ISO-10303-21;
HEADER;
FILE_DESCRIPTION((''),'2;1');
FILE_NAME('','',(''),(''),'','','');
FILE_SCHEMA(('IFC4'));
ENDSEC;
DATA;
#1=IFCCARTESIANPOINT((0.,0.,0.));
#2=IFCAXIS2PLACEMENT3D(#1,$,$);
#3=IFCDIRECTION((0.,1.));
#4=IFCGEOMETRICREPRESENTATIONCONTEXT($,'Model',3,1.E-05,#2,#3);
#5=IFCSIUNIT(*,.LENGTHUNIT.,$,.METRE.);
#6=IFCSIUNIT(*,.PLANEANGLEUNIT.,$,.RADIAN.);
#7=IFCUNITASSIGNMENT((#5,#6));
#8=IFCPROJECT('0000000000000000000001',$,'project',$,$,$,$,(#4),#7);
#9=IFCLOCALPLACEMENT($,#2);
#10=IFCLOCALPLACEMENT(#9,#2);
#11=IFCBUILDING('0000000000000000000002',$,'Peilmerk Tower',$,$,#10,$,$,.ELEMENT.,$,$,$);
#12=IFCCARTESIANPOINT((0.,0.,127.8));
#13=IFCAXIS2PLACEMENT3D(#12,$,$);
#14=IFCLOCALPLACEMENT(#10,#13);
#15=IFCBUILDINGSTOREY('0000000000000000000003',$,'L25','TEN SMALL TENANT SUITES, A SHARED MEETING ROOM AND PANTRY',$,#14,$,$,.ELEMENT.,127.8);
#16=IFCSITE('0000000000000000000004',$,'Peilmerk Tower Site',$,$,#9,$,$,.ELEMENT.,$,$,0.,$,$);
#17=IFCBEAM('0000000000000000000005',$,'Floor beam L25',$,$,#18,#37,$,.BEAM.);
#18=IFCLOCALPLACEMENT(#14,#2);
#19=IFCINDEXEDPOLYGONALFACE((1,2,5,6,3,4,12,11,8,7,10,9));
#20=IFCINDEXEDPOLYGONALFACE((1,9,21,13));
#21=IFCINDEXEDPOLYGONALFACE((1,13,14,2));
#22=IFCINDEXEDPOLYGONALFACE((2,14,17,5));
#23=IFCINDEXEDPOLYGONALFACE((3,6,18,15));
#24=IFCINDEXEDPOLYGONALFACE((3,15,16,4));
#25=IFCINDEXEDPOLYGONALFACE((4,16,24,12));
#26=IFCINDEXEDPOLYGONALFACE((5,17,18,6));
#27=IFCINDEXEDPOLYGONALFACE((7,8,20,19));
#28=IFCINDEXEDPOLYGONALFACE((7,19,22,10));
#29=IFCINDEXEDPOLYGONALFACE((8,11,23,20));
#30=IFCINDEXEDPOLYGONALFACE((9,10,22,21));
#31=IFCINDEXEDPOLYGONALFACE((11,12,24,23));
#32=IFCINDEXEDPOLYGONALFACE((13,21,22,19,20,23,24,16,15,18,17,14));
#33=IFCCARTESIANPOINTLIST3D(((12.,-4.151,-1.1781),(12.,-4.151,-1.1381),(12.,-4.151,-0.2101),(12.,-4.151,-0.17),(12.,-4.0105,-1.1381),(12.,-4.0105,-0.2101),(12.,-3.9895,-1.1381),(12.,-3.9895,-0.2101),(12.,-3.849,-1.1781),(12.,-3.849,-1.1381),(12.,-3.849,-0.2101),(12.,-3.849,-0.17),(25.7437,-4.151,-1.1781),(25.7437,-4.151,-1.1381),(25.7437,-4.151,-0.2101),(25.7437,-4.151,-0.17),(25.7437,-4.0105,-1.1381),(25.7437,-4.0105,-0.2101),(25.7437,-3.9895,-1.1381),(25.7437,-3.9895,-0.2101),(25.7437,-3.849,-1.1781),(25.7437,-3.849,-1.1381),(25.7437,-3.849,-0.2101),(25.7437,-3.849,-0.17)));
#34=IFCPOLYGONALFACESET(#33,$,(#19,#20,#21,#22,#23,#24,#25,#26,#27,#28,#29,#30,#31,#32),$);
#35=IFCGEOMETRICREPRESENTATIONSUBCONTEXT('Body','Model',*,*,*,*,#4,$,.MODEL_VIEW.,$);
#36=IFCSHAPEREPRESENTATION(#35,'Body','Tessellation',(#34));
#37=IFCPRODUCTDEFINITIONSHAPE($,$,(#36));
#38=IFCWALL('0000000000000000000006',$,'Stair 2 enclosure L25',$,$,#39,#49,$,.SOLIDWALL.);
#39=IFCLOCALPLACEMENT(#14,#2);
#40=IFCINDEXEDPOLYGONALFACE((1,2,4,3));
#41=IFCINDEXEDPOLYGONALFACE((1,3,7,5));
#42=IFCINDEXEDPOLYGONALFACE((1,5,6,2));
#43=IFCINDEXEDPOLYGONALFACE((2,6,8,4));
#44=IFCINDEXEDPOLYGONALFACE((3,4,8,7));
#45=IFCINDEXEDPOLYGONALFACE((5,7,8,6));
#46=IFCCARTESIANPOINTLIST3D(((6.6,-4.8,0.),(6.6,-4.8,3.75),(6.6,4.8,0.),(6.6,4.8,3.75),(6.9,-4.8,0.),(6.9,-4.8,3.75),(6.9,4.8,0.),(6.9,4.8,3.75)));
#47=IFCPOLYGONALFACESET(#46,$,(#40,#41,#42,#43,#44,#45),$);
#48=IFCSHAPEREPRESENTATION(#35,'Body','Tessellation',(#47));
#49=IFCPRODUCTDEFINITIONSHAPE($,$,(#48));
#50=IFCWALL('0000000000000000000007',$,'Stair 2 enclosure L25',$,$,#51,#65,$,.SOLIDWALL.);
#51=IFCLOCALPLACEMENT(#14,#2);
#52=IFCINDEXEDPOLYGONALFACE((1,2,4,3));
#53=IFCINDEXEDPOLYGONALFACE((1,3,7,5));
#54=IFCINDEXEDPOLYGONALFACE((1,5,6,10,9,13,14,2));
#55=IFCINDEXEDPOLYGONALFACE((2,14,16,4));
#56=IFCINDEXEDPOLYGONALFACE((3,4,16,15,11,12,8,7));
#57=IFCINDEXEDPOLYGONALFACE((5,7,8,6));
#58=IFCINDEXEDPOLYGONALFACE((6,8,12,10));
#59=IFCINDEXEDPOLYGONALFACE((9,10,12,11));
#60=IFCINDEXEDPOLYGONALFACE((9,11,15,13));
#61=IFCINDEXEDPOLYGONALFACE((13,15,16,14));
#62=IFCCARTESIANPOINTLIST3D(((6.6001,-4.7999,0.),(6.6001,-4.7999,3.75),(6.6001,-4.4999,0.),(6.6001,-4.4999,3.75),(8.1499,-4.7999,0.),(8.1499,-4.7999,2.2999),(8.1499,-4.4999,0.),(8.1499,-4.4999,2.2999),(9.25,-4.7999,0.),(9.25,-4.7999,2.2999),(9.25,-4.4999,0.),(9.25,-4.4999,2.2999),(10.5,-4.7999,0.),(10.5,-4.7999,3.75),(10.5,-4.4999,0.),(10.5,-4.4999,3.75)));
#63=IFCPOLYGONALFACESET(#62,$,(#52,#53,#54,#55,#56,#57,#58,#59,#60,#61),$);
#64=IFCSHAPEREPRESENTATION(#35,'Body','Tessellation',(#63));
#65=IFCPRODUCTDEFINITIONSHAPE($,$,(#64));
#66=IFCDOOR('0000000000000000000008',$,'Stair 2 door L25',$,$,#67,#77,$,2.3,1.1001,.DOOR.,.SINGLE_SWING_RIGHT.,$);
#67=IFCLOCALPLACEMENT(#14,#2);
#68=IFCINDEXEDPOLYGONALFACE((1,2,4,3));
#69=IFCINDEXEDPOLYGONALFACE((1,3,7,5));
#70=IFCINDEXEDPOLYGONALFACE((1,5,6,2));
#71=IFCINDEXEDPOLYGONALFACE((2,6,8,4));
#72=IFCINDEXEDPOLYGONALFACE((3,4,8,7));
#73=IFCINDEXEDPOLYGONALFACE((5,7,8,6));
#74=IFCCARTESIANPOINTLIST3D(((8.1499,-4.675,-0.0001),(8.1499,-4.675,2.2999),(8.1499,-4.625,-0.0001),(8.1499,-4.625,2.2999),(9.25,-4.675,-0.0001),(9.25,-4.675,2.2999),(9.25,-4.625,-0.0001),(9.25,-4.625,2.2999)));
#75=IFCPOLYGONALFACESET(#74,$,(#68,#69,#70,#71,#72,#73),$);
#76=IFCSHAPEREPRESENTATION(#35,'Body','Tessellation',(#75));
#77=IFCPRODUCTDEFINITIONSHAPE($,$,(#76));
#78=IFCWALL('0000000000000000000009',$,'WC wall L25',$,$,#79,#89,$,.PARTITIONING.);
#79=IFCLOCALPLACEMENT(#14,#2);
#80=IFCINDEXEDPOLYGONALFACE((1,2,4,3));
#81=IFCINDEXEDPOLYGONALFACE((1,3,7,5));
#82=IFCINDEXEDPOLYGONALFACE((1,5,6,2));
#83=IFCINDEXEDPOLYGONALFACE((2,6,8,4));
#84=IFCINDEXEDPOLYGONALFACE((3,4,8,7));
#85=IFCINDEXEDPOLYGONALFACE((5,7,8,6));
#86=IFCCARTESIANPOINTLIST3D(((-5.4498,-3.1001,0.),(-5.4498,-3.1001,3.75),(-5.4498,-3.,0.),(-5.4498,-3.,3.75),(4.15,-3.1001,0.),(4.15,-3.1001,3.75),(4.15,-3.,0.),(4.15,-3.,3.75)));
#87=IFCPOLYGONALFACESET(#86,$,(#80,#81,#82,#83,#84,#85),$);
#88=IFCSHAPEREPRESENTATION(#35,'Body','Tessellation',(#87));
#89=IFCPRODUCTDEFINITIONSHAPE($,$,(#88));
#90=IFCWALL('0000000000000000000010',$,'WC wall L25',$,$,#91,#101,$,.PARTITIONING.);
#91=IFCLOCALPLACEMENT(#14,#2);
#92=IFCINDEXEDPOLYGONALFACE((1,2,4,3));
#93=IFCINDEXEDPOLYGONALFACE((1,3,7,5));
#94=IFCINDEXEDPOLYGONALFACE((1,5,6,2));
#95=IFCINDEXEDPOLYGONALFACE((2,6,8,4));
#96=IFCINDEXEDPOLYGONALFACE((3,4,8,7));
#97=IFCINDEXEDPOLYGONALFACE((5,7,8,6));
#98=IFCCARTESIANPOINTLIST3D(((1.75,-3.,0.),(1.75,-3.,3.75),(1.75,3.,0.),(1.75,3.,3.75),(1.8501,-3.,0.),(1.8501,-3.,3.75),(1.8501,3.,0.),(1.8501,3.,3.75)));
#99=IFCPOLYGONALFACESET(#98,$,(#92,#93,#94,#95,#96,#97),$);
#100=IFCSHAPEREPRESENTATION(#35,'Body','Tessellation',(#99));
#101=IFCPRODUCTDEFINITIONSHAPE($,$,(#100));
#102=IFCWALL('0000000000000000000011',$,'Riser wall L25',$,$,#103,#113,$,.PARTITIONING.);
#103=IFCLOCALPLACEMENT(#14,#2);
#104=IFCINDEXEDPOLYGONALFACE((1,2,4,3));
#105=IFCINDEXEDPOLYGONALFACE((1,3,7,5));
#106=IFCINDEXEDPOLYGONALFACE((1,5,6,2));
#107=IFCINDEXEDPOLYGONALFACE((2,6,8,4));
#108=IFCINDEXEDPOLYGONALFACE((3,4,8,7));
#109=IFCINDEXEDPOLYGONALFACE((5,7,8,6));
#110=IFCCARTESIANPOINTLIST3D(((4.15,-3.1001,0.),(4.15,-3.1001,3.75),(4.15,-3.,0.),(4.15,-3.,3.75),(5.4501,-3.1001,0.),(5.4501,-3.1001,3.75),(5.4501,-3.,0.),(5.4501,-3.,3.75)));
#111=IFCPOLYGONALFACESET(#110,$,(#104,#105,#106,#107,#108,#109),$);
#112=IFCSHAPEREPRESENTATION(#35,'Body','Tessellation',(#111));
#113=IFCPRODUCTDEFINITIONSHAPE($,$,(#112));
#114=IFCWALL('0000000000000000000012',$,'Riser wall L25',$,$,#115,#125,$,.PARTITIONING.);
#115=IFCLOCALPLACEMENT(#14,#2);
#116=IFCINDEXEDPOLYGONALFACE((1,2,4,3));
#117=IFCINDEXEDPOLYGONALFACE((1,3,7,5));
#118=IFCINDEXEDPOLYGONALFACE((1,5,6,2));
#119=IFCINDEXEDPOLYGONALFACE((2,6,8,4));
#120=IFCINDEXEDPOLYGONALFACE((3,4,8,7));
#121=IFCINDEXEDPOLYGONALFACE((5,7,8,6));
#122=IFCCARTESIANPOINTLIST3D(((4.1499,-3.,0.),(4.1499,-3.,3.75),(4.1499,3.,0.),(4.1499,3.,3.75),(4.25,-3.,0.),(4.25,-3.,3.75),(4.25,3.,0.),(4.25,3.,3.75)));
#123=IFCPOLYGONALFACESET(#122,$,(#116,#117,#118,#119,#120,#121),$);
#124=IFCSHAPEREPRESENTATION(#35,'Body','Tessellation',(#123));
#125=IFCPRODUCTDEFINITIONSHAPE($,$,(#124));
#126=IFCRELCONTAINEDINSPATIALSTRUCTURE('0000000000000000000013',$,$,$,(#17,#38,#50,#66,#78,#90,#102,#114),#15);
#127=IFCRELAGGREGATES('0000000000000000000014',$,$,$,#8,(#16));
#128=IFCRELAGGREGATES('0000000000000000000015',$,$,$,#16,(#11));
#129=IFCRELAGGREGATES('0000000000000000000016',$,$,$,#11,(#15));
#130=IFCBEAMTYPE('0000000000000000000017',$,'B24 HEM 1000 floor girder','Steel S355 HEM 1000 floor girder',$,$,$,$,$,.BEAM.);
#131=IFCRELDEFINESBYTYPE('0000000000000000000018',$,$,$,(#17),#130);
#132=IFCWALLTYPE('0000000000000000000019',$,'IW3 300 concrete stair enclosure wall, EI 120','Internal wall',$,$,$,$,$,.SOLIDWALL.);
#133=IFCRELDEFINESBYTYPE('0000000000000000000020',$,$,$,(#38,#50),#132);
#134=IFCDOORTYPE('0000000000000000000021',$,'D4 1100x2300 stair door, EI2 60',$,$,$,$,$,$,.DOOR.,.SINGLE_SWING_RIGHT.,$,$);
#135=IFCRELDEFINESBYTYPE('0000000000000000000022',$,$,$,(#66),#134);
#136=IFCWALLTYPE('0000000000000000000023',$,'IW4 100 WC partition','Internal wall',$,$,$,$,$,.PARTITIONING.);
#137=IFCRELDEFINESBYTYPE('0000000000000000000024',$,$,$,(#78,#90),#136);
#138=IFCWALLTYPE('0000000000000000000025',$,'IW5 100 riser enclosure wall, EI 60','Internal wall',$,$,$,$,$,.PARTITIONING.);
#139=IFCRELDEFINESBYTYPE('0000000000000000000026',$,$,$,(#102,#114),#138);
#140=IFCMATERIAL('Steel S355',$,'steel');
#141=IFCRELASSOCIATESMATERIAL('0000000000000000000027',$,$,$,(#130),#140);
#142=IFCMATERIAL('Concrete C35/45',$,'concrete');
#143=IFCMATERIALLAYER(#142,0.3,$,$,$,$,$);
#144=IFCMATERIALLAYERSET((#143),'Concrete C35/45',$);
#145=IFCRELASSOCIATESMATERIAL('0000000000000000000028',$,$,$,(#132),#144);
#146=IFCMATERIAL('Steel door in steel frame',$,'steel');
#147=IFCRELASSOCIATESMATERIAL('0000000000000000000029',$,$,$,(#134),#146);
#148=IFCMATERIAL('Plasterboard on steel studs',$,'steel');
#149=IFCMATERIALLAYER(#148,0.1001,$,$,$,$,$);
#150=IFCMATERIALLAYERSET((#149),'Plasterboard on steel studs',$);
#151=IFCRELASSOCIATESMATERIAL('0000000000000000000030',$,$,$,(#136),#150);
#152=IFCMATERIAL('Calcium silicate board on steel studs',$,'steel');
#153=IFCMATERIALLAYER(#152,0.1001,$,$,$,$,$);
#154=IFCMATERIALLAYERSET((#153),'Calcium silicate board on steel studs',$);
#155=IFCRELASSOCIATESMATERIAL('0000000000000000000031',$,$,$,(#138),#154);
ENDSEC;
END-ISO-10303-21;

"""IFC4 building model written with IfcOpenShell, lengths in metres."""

from ifc_helpers import new_model, si_unit, direction, frame, frame_2d, origin, origin_2d, place, context, subcontext, project, spatial, rectangle, i_section, extrude, material, layer, layer_set, material_profile, profile_set, type_object, element, fill, save


model = new_model("IFC4")

# Units and contexts
model_context = context("Model", 3, precision=1e-05, world=origin(), true_north=direction((0.0, 1.0)))
body_context = subcontext(model_context, "Body", "Model", "MODEL_VIEW")
ifc_project = project(units=[si_unit("LENGTHUNIT", "METRE"), si_unit("PLANEANGLEUNIT", "RADIAN")], contexts=[model_context])

# Site, building, storey
site_placement = place(None, origin())
site = spatial("IfcSite", under=ifc_project, at=site_placement, Name="Peilmerk Tower Site", CompositionType="ELEMENT", RefElevation=0.0)
building_placement = place(site_placement, origin())
building = spatial("IfcBuilding", under=site, at=building_placement, Name="Peilmerk Tower", CompositionType="ELEMENT")
storey_placement = place(building_placement, frame((0.0, 0.0, 127.8)))
storey = spatial("IfcBuildingStorey", under=building, at=storey_placement, Name="L25", Description="TEN SMALL TENANT SUITES, A SHARED MEETING ROOM AND PANTRY", CompositionType="ELEMENT", Elevation=127.8)

# Beam
ifc_material_1 = material(Name="Steel S355", Category="steel")
ifc_material_profile = material_profile(ifc_material_1, i_section(OverallWidth=0.302, OverallDepth=1.0081, WebThickness=0.021, FlangeThickness=0.04, at=origin_2d()), Name="HEM 1000")
ifc_profile_set = profile_set([ifc_material_profile], Name="Steel S355")
beam_type = type_object("IfcBeamType", Name="B24 HEM 1000 floor girder", Description="Steel S355 HEM 1000 floor girder", PredefinedType="BEAM", material=ifc_profile_set)
beam_placement = place(storey_placement, frame((12.0, -4.0, -0.6741), z_axis=(1.0, 0.0, 0.0), x_axis=(0.0, 1.0, 0.0)))
element("IfcBeam", 1, at=beam_placement, inside=storey, type_object=beam_type, Name="Floor beam L25", PredefinedType="BEAM", context=body_context, shape_type="SweptSolid", body=[
    extrude(i_section(OverallWidth=0.302, OverallDepth=1.0081, WebThickness=0.021, FlangeThickness=0.04, at=origin_2d()), origin(), (0.0, 0.0, 1.0), 13.7437),
])

# Wall
ifc_material_2 = material(Name="Concrete C35/45", Category="concrete")
ifc_layer_1 = layer(ifc_material_2, 0.3)
ifc_layer_set_1 = layer_set([ifc_layer_1], Name="Concrete C35/45")
wall_type_1 = type_object("IfcWallType", Name="IW3 300 concrete stair enclosure wall, EI 120", Description="Internal wall", PredefinedType="SOLIDWALL", material=ifc_layer_set_1)
wall_1_placement = place(storey_placement, frame((6.75, -4.8, 0.0), z_axis=(0.0, 0.0, 1.0), x_axis=(0.0, 1.0, 0.0)))
element("IfcWall", 2, at=wall_1_placement, inside=storey, type_object=wall_type_1, Name="Stair 2 enclosure L25", PredefinedType="SOLIDWALL", context=body_context, shape_type="SweptSolid", body=[
    extrude(rectangle(XDim=9.6001, YDim=0.3, at=frame_2d((4.8, 0.0))), origin(), (0.0, 0.0, 1.0), 3.75),
])

# Wall, opening, door
wall_2_placement = place(storey_placement, frame((10.5, -4.6499, 0.0), z_axis=(0.0, 0.0, 1.0), x_axis=(-1.0, 0.0, 0.0)))
wall_2 = element("IfcWall", 3, at=wall_2_placement, inside=storey, type_object=wall_type_1, Name="Stair 2 enclosure L25", PredefinedType="SOLIDWALL", context=body_context, shape_type="SweptSolid", body=[
    extrude(rectangle(XDim=3.8999, YDim=0.3, at=frame_2d((1.95, 0.0))), origin(), (0.0, 0.0, 1.0), 3.75),
])
opening_1_placement = place(wall_2_placement, frame((1.25, 0.0, 0.0)))
opening_1 = element("IfcOpeningElement", 4, at=opening_1_placement, cuts=wall_2, PredefinedType="OPENING", context=body_context, shape_type="SweptSolid", body=[
    extrude(rectangle(XDim=1.1001, YDim=2.3, at=frame_2d((0.55, 1.1499))), frame((0.0, 0.1599, 0.0), z_axis=(0.0, -1.0, 0.0), x_axis=(1.0, 0.0, 0.0)), (0.0, 0.0, 1.0), 0.3201),
])
ifc_material_3 = material(Name="Steel door in steel frame", Category="steel")
door_type_1 = type_object("IfcDoorType", Name="D4 1100x2300 stair door, EI2 60", OperationType="SINGLE_SWING_RIGHT", PredefinedType="DOOR", material=ifc_material_3)
door_1_placement = place(opening_1_placement, frame((1.1001, 0.0, 0.0), z_axis=(0.0, 0.0, 1.0), x_axis=(-1.0, 0.0, 0.0)))
door_1 = element("IfcDoor", 5, at=door_1_placement, inside=storey, type_object=door_type_1, Name="Stair 2 door L25", OperationType="SINGLE_SWING_RIGHT", OverallHeight=2.3, OverallWidth=1.1001, PredefinedType="DOOR", context=body_context, shape_type="SweptSolid", body=[
    extrude(rectangle(XDim=1.1001, YDim=2.3, at=frame_2d((0.55, 1.1499))), frame((0.0, 0.0249, 0.0), z_axis=(0.0, -1.0, 0.0), x_axis=(1.0, 0.0, 0.0)), (0.0, 0.0, 1.0), 0.05),
])
fill(opening_1, door_1)

# Walls
ifc_material_4 = material(Name="Plasterboard on steel studs", Category="steel")
ifc_layer_2 = layer(ifc_material_4, 0.1001)
ifc_layer_set_2 = layer_set([ifc_layer_2], Name="Plasterboard on steel studs")
wall_type_2 = type_object("IfcWallType", Name="IW4 100 WC partition", Description="Internal wall", PredefinedType="PARTITIONING", material=ifc_layer_set_2)
wall_3_placement = place(storey_placement, frame((4.1499, -3.05, 0.0), z_axis=(0.0, 0.0, 1.0), x_axis=(-1.0, 0.0, 0.0)))
element("IfcWall", 6, at=wall_3_placement, inside=storey, type_object=wall_type_2, Name="WC wall L25", PredefinedType="PARTITIONING", context=body_context, shape_type="SweptSolid", body=[
    extrude(rectangle(XDim=9.5999, YDim=0.1001, at=frame_2d((4.7998, 0.0))), origin(), (0.0, 0.0, 1.0), 3.75),
])
wall_4_placement = place(storey_placement, frame((1.8, -3.0, 0.0), z_axis=(0.0, 0.0, 1.0), x_axis=(0.0, 1.0, 0.0)))
element("IfcWall", 7, at=wall_4_placement, inside=storey, type_object=wall_type_2, Name="WC wall L25", PredefinedType="PARTITIONING", context=body_context, shape_type="SweptSolid", body=[
    extrude(rectangle(XDim=6.0, YDim=0.1001, at=frame_2d((3.0, 0.0))), origin(), (0.0, 0.0, 1.0), 3.75),
])
ifc_material_5 = material(Name="Calcium silicate board on steel studs", Category="steel")
ifc_layer_3 = layer(ifc_material_5, 0.1001)
ifc_layer_set_3 = layer_set([ifc_layer_3], Name="Calcium silicate board on steel studs")
wall_type_3 = type_object("IfcWallType", Name="IW5 100 riser enclosure wall, EI 60", Description="Internal wall", PredefinedType="PARTITIONING", material=ifc_layer_set_3)
wall_5_placement = place(storey_placement, frame((5.45, -3.05, 0.0), z_axis=(0.0, 0.0, 1.0), x_axis=(-1.0, 0.0, 0.0)))
element("IfcWall", 8, at=wall_5_placement, inside=storey, type_object=wall_type_3, Name="Riser wall L25", PredefinedType="PARTITIONING", context=body_context, shape_type="SweptSolid", body=[
    extrude(rectangle(XDim=1.3, YDim=0.1001, at=frame_2d((0.6499, 0.0))), origin(), (0.0, 0.0, 1.0), 3.75),
])
wall_6_placement = place(storey_placement, frame((4.2, -3.0, 0.0), z_axis=(0.0, 0.0, 1.0), x_axis=(0.0, 1.0, 0.0)))
element("IfcWall", 9, at=wall_6_placement, inside=storey, type_object=wall_type_3, Name="Riser wall L25", PredefinedType="PARTITIONING", context=body_context, shape_type="SweptSolid", body=[
    extrude(rectangle(XDim=6.0, YDim=0.1001, at=frame_2d((3.0, 0.0))), origin(), (0.0, 0.0, 1.0), 3.75),
])

save(model, "model.ifc")
